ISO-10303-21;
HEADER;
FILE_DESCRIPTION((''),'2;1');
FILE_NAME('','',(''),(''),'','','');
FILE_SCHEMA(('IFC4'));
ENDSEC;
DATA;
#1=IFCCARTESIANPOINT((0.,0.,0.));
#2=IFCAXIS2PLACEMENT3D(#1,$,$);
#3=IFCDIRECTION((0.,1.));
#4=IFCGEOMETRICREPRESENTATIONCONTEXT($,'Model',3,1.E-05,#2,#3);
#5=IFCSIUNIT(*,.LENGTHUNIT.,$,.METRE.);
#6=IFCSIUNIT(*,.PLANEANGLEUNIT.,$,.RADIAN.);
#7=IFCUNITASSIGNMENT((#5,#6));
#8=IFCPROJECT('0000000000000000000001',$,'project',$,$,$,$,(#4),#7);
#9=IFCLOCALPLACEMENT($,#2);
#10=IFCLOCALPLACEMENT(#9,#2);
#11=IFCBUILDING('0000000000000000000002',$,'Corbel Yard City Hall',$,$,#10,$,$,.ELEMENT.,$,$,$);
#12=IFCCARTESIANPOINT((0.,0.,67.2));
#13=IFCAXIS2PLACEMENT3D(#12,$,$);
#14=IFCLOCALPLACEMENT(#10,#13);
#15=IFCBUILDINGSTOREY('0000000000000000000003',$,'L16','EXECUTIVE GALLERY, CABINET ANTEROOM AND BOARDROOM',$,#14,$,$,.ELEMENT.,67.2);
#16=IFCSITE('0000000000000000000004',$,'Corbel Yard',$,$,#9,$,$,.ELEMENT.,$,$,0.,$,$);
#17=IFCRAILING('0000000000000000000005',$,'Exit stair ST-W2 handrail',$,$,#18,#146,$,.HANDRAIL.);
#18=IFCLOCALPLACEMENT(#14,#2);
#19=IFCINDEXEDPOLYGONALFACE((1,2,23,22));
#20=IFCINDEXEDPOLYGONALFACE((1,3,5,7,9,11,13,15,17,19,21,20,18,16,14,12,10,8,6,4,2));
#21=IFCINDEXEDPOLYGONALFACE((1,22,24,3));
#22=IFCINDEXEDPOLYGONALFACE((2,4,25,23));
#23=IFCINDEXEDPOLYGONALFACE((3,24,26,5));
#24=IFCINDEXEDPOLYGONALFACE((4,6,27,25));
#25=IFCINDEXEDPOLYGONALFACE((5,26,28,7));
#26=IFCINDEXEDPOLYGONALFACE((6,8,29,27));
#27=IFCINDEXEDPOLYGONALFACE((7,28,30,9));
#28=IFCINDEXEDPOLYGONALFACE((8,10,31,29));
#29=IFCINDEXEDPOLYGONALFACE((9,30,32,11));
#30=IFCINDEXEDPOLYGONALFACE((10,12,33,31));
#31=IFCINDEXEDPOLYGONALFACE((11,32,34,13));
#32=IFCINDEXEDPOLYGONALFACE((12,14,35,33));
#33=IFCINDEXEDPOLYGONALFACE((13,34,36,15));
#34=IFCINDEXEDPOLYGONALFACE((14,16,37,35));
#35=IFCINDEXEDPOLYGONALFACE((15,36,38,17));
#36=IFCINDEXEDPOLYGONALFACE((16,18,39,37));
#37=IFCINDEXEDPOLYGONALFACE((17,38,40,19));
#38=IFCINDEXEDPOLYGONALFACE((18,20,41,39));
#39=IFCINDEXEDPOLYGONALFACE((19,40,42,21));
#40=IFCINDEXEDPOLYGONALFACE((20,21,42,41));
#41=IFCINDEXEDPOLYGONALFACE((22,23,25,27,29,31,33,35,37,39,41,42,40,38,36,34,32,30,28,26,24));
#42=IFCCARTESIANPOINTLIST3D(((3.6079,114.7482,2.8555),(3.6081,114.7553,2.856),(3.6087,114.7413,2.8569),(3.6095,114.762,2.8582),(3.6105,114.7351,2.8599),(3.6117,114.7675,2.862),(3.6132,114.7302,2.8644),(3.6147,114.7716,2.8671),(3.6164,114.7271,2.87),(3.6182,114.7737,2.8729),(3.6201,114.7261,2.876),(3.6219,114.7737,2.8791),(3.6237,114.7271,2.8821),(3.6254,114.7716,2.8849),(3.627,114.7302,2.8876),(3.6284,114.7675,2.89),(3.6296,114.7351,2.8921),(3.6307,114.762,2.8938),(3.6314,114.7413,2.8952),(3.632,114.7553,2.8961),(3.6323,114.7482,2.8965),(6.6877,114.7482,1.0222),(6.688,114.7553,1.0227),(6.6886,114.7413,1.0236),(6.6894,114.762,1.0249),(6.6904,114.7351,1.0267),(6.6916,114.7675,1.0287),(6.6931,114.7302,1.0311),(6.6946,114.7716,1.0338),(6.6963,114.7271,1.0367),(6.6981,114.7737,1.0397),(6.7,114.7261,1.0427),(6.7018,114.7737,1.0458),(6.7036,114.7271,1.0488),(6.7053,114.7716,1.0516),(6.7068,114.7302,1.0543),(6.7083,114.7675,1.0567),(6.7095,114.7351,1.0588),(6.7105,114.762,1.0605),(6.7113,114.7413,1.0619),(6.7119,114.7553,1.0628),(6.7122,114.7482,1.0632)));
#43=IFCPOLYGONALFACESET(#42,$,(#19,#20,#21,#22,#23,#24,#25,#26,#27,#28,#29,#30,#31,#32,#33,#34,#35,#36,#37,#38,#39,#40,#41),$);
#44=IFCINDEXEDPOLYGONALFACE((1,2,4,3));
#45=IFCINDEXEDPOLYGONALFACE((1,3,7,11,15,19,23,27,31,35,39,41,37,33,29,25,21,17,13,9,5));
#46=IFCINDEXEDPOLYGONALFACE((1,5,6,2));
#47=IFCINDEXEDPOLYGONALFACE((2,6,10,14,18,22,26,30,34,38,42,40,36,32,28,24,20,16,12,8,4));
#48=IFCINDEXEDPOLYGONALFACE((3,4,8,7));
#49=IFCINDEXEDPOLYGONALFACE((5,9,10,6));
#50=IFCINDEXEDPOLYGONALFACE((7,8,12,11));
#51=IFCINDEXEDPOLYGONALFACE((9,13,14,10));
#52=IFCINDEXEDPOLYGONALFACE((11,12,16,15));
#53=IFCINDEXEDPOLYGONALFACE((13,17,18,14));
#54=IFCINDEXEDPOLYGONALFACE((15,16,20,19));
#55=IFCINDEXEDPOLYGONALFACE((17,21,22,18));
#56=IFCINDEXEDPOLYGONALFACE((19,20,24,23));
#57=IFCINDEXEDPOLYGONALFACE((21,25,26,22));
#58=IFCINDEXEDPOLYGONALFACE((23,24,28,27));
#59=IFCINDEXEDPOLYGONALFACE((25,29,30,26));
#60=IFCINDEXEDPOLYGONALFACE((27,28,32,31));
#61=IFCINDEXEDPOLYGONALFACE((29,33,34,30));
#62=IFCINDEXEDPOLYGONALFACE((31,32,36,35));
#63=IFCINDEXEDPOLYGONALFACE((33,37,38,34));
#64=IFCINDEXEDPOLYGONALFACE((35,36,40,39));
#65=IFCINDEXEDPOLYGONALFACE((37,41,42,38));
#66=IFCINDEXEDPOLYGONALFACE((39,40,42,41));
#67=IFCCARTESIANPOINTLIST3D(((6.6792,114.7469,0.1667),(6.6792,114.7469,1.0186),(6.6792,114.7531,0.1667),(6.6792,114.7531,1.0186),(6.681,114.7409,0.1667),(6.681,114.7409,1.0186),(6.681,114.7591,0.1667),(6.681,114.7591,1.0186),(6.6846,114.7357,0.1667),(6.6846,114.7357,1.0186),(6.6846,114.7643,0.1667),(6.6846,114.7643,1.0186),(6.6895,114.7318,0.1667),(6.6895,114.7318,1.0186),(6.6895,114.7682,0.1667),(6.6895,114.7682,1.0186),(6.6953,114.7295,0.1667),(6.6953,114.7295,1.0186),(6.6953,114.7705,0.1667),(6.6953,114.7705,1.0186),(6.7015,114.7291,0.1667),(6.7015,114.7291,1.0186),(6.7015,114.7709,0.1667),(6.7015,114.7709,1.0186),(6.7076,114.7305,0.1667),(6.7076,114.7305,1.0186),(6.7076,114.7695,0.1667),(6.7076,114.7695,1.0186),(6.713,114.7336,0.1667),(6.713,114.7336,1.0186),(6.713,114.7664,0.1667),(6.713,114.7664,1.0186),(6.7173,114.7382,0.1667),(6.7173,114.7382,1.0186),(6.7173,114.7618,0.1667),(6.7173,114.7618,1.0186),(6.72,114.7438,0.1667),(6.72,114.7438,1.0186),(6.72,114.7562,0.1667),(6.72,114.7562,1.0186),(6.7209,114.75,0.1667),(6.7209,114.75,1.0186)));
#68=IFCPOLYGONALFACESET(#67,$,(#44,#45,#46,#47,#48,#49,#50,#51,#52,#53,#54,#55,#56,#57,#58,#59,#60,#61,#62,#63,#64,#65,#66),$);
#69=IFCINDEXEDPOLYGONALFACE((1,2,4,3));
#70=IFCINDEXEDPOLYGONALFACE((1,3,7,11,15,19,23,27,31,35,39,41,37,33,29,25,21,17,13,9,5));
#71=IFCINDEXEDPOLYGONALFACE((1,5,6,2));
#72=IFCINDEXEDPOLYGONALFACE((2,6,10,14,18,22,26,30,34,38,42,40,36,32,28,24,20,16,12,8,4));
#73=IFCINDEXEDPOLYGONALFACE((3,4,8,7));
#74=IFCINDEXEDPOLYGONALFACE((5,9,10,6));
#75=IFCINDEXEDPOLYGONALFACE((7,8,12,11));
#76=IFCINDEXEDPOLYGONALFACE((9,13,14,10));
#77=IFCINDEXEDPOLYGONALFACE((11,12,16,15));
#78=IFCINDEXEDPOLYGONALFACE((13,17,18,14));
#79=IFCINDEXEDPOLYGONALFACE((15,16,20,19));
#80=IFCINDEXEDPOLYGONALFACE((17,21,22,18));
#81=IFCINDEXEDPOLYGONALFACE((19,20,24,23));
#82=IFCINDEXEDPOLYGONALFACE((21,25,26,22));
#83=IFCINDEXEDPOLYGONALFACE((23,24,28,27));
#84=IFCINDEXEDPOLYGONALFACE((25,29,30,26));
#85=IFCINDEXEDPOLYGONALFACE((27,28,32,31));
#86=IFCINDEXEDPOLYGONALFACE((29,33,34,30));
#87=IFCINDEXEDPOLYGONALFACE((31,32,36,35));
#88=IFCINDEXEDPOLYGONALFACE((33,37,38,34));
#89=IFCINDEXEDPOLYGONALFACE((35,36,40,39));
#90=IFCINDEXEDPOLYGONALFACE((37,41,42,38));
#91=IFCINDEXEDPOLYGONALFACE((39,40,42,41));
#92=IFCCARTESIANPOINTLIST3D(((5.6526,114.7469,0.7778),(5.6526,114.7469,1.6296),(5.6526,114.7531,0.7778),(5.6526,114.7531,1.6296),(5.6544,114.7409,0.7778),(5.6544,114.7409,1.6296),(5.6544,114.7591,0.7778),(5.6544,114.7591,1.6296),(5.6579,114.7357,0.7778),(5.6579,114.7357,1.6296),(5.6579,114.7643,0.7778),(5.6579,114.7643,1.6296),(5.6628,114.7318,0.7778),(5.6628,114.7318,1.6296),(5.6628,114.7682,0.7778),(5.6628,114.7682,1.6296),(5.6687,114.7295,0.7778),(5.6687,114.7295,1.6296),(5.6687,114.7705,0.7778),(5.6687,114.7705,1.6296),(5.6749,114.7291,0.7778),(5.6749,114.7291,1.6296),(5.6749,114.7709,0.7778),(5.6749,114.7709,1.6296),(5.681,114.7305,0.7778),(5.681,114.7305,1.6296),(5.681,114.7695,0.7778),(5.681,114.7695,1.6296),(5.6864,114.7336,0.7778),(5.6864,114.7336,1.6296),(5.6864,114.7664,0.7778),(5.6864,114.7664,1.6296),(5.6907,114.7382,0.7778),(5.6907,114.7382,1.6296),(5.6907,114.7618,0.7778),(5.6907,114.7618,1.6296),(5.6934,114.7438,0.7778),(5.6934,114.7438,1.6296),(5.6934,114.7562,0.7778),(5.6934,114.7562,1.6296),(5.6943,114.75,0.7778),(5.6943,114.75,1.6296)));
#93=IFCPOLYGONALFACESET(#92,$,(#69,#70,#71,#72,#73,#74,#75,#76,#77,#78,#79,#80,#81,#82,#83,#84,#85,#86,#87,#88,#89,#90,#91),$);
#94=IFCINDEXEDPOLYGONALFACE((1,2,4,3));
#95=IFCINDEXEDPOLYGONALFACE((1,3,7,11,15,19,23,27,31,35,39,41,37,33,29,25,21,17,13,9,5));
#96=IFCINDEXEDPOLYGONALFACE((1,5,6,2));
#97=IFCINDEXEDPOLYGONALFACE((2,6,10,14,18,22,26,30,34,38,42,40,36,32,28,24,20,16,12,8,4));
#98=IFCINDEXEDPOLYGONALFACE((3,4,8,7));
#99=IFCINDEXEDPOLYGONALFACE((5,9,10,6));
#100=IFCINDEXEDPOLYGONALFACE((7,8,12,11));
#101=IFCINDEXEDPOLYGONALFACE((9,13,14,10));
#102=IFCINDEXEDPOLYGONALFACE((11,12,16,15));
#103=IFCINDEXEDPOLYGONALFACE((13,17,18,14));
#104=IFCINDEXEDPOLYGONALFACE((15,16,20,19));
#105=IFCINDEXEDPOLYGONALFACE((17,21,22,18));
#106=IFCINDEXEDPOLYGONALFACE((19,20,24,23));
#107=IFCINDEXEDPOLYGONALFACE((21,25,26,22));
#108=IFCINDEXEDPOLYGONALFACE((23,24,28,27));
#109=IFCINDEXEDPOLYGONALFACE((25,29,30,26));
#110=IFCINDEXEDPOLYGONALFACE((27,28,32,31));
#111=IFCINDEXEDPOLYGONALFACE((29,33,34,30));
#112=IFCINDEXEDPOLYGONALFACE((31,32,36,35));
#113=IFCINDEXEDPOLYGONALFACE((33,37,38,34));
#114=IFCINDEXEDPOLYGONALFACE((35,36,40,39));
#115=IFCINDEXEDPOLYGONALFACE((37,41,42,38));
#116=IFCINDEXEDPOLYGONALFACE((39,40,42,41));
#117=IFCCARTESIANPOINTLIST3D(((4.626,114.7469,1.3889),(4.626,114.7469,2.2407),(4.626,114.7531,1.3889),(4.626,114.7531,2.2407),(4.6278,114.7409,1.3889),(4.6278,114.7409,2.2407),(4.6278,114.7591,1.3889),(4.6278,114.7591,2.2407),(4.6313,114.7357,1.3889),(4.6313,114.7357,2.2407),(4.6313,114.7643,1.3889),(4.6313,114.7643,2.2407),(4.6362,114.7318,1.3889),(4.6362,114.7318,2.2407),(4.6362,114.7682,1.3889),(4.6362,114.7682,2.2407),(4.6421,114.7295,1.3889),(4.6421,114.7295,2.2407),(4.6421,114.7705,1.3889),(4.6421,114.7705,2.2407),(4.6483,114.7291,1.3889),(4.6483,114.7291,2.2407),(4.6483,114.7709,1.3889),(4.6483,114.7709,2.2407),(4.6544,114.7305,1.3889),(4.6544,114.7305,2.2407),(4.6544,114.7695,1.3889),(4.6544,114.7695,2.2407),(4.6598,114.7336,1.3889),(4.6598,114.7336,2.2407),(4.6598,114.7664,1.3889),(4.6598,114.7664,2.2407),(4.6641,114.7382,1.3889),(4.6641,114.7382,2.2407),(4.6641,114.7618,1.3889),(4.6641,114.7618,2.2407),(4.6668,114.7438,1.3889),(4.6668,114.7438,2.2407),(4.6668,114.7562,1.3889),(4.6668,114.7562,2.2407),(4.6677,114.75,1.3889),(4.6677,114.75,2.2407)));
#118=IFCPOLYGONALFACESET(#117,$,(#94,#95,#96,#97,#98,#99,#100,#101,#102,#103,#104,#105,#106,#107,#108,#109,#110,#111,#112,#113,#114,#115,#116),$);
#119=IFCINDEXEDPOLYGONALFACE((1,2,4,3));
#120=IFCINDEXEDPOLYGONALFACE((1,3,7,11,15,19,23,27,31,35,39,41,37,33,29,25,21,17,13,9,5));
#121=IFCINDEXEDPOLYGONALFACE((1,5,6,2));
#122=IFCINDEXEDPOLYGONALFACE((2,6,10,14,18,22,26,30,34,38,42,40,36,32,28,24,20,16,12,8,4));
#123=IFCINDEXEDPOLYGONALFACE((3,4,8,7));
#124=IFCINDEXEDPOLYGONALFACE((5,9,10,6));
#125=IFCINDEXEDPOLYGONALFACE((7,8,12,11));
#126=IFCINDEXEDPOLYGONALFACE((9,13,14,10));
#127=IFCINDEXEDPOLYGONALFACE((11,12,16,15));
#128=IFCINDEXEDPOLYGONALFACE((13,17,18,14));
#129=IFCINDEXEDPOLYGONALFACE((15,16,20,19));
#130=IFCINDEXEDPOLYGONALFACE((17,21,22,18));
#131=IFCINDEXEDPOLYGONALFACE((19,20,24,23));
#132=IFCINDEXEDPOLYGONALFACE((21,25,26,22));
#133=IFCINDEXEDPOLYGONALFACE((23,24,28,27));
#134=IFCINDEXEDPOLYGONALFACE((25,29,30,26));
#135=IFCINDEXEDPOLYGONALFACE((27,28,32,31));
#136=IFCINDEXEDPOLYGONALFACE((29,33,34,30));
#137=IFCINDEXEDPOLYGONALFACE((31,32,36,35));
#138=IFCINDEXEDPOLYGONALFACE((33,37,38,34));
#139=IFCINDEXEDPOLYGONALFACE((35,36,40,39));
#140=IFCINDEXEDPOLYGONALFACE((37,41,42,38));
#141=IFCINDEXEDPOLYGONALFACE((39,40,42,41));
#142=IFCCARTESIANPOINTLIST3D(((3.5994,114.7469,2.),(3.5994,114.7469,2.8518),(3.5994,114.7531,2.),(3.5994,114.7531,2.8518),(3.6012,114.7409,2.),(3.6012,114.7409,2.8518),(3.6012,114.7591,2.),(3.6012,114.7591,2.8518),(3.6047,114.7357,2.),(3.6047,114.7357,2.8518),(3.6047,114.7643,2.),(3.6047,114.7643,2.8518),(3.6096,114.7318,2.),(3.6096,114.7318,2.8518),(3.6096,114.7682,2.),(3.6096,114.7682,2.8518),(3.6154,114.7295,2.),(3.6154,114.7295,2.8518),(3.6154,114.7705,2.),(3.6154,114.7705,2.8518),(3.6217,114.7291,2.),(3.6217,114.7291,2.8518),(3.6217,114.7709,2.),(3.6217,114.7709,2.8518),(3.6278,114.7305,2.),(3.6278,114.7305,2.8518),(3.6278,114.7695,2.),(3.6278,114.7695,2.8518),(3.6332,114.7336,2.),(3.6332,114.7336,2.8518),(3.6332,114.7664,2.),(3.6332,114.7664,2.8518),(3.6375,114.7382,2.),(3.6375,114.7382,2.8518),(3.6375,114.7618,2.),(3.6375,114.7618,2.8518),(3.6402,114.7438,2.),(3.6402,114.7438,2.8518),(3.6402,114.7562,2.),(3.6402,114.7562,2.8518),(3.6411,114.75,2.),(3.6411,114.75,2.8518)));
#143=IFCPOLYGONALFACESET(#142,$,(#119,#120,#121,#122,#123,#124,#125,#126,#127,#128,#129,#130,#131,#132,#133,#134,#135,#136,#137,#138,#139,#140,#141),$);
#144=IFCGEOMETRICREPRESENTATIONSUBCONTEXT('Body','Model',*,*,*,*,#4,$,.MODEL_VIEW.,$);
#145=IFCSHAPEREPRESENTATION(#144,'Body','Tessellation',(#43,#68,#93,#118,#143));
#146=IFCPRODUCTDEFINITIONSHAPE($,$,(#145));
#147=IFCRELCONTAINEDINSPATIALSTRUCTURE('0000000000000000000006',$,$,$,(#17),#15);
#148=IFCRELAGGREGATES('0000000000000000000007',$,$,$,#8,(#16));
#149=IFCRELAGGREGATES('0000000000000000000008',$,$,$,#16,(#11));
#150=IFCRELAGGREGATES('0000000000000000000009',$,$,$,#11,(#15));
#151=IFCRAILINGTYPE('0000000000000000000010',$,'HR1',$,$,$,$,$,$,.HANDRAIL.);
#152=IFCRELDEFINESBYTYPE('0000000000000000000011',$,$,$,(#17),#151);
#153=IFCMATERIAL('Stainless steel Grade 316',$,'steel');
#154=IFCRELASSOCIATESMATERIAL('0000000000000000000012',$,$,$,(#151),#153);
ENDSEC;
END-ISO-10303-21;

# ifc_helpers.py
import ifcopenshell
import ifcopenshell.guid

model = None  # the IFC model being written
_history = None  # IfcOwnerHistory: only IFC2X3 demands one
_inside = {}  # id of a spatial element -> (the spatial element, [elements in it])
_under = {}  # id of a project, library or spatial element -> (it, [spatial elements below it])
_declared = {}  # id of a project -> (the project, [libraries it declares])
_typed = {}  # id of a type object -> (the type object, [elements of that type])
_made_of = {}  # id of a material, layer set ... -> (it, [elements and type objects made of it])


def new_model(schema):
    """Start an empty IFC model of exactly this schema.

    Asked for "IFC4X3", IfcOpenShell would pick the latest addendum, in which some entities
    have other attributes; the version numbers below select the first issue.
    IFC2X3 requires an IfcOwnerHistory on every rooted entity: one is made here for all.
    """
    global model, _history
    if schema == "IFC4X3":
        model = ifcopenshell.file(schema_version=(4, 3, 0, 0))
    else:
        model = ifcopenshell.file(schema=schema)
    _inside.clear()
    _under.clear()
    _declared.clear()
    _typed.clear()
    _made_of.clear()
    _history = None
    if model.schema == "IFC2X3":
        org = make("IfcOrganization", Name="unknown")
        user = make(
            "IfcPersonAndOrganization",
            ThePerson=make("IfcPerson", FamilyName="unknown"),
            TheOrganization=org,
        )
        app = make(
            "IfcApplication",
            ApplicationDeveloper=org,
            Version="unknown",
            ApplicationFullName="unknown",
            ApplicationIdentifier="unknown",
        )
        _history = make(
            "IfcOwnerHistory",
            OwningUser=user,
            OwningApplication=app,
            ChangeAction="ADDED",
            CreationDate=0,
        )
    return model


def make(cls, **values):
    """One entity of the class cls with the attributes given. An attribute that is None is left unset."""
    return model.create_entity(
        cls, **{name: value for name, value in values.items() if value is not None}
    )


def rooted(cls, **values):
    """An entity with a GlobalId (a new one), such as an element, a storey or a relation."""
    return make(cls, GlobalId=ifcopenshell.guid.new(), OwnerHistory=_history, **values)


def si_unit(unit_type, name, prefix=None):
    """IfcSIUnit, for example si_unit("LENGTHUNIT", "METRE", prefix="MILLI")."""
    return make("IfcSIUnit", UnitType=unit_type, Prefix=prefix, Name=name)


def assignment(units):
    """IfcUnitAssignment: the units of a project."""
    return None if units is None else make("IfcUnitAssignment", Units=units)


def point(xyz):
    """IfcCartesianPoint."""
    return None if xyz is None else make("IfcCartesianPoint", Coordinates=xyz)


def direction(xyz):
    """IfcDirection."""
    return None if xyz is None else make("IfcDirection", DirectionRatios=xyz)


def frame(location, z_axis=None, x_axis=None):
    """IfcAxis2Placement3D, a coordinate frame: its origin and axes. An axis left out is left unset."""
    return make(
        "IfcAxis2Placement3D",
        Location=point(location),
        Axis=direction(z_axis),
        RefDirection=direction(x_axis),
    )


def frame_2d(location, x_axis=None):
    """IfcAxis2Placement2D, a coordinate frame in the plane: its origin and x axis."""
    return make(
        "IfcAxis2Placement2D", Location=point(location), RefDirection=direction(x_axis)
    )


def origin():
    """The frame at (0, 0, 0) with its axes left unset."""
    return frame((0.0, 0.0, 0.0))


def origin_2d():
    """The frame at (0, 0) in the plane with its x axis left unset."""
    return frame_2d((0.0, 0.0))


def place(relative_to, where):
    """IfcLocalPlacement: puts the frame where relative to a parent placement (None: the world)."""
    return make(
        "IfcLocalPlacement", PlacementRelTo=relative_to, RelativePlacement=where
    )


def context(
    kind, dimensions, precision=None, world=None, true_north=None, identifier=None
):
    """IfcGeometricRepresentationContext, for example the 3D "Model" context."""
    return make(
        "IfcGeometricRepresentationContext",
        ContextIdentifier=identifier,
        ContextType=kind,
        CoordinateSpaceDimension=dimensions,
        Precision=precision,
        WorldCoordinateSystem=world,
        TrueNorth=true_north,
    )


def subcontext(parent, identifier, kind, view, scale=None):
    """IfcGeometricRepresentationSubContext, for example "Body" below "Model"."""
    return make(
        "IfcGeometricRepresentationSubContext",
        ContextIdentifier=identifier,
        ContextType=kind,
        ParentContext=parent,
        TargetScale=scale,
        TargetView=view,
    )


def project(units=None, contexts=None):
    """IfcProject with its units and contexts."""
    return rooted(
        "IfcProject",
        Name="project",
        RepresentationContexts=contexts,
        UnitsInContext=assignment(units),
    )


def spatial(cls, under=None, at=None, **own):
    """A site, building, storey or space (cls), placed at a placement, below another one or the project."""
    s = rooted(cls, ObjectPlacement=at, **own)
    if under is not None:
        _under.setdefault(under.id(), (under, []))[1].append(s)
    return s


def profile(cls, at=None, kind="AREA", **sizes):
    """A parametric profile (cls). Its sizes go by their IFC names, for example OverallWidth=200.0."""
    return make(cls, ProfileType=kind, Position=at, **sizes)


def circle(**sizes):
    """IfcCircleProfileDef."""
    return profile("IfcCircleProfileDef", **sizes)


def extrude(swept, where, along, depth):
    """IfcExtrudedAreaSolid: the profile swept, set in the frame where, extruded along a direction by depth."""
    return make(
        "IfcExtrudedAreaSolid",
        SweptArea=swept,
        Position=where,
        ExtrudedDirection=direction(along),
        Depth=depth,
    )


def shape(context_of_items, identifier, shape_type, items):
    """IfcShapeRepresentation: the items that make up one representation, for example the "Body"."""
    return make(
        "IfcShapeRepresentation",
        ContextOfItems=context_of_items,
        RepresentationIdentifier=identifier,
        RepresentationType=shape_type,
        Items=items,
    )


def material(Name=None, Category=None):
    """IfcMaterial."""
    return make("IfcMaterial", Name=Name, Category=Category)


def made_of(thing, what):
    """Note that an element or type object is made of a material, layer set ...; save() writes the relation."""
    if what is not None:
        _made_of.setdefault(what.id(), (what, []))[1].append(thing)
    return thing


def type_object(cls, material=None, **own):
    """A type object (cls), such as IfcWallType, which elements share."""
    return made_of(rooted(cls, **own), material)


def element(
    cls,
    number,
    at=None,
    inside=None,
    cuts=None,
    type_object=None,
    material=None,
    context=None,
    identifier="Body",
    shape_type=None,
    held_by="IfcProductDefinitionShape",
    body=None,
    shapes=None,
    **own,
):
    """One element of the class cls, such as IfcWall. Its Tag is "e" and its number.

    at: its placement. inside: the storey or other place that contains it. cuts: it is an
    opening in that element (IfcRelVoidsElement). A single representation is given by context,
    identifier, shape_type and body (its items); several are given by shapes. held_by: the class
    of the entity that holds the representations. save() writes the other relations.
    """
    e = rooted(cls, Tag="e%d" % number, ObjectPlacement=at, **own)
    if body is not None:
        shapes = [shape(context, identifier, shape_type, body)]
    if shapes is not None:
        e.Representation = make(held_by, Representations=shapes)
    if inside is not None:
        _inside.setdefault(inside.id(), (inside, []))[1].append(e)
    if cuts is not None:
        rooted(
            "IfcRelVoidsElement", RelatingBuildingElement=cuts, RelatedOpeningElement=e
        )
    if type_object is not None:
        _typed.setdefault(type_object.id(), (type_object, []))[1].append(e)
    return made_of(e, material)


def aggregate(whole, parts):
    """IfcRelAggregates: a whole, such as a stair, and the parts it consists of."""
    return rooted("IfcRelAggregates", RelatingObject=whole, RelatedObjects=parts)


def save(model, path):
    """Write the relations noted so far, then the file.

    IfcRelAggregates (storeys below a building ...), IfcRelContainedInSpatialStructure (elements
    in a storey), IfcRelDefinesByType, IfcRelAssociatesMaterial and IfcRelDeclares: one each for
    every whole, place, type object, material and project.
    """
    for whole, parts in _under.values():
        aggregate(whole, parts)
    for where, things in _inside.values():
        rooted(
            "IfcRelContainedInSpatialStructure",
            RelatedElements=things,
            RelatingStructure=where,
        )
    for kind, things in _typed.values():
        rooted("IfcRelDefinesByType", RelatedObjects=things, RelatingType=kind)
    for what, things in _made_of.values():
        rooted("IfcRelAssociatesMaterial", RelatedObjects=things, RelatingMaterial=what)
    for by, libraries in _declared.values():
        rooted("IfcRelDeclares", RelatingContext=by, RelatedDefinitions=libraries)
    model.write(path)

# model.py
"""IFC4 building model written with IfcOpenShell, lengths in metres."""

from ifc_helpers import new_model, si_unit, direction, frame, origin, origin_2d, place, context, subcontext, project, spatial, circle, extrude, material, type_object, element, save


model = new_model("IFC4")

# Units and contexts
model_context = context("Model", 3, precision=1e-05, world=origin(), true_north=direction((0.0, 1.0)))
body_context = subcontext(model_context, "Body", "Model", "MODEL_VIEW")
ifc_project = project(units=[si_unit("LENGTHUNIT", "METRE"), si_unit("PLANEANGLEUNIT", "RADIAN")], contexts=[model_context])

# Site, building, storey
site_placement = place(None, origin())
site = spatial("IfcSite", under=ifc_project, at=site_placement, Name="Corbel Yard", CompositionType="ELEMENT", RefElevation=0.0)
building_placement = place(site_placement, origin())
building = spatial("IfcBuilding", under=site, at=building_placement, Name="Corbel Yard City Hall", CompositionType="ELEMENT")
storey_placement = place(building_placement, frame((0.0, 0.0, 67.2)))
storey = spatial("IfcBuildingStorey", under=building, at=storey_placement, Name="L16", Description="EXECUTIVE GALLERY, CABINET ANTEROOM AND BOARDROOM", CompositionType="ELEMENT", Elevation=67.2)

# Shared definitions
ifc_material_1 = material(Name="Stainless steel Grade 316", Category="steel")

# Railing
railing_type = type_object("IfcRailingType", Name="HR1", PredefinedType="HANDRAIL", material=ifc_material_1)
railing_placement = place(storey_placement, frame((6.7, 114.75, 0.1667)))
element("IfcRailing", 1, at=railing_placement, inside=storey, type_object=railing_type, Name="Exit stair ST-W2 handrail", PredefinedType="HANDRAIL", context=body_context, shape_type="SweptSolid", body=[
    extrude(circle(Radius=0.0239, at=origin_2d()), frame((0.0, 0.0, 0.876), z_axis=(-0.859291, 0.0, 0.511487), x_axis=(0.0, -1.0, 0.0)), (0.0, 0.0, 1.0), 3.5842),
    extrude(circle(Radius=0.021, at=origin_2d()), origin(), (0.0, 0.0, 1.0), 0.8518),
    extrude(circle(Radius=0.021, at=origin_2d()), frame((-1.0266, 0.0, 0.6111)), (0.0, 0.0, 1.0), 0.8518),
    extrude(circle(Radius=0.021, at=origin_2d()), frame((-2.0532, 0.0, 1.2222)), (0.0, 0.0, 1.0), 0.8518),
    extrude(circle(Radius=0.021, at=origin_2d()), frame((-3.0798, 0.0, 1.8333)), (0.0, 0.0, 1.0), 0.8518),
])

save(model, "model.ifc")
